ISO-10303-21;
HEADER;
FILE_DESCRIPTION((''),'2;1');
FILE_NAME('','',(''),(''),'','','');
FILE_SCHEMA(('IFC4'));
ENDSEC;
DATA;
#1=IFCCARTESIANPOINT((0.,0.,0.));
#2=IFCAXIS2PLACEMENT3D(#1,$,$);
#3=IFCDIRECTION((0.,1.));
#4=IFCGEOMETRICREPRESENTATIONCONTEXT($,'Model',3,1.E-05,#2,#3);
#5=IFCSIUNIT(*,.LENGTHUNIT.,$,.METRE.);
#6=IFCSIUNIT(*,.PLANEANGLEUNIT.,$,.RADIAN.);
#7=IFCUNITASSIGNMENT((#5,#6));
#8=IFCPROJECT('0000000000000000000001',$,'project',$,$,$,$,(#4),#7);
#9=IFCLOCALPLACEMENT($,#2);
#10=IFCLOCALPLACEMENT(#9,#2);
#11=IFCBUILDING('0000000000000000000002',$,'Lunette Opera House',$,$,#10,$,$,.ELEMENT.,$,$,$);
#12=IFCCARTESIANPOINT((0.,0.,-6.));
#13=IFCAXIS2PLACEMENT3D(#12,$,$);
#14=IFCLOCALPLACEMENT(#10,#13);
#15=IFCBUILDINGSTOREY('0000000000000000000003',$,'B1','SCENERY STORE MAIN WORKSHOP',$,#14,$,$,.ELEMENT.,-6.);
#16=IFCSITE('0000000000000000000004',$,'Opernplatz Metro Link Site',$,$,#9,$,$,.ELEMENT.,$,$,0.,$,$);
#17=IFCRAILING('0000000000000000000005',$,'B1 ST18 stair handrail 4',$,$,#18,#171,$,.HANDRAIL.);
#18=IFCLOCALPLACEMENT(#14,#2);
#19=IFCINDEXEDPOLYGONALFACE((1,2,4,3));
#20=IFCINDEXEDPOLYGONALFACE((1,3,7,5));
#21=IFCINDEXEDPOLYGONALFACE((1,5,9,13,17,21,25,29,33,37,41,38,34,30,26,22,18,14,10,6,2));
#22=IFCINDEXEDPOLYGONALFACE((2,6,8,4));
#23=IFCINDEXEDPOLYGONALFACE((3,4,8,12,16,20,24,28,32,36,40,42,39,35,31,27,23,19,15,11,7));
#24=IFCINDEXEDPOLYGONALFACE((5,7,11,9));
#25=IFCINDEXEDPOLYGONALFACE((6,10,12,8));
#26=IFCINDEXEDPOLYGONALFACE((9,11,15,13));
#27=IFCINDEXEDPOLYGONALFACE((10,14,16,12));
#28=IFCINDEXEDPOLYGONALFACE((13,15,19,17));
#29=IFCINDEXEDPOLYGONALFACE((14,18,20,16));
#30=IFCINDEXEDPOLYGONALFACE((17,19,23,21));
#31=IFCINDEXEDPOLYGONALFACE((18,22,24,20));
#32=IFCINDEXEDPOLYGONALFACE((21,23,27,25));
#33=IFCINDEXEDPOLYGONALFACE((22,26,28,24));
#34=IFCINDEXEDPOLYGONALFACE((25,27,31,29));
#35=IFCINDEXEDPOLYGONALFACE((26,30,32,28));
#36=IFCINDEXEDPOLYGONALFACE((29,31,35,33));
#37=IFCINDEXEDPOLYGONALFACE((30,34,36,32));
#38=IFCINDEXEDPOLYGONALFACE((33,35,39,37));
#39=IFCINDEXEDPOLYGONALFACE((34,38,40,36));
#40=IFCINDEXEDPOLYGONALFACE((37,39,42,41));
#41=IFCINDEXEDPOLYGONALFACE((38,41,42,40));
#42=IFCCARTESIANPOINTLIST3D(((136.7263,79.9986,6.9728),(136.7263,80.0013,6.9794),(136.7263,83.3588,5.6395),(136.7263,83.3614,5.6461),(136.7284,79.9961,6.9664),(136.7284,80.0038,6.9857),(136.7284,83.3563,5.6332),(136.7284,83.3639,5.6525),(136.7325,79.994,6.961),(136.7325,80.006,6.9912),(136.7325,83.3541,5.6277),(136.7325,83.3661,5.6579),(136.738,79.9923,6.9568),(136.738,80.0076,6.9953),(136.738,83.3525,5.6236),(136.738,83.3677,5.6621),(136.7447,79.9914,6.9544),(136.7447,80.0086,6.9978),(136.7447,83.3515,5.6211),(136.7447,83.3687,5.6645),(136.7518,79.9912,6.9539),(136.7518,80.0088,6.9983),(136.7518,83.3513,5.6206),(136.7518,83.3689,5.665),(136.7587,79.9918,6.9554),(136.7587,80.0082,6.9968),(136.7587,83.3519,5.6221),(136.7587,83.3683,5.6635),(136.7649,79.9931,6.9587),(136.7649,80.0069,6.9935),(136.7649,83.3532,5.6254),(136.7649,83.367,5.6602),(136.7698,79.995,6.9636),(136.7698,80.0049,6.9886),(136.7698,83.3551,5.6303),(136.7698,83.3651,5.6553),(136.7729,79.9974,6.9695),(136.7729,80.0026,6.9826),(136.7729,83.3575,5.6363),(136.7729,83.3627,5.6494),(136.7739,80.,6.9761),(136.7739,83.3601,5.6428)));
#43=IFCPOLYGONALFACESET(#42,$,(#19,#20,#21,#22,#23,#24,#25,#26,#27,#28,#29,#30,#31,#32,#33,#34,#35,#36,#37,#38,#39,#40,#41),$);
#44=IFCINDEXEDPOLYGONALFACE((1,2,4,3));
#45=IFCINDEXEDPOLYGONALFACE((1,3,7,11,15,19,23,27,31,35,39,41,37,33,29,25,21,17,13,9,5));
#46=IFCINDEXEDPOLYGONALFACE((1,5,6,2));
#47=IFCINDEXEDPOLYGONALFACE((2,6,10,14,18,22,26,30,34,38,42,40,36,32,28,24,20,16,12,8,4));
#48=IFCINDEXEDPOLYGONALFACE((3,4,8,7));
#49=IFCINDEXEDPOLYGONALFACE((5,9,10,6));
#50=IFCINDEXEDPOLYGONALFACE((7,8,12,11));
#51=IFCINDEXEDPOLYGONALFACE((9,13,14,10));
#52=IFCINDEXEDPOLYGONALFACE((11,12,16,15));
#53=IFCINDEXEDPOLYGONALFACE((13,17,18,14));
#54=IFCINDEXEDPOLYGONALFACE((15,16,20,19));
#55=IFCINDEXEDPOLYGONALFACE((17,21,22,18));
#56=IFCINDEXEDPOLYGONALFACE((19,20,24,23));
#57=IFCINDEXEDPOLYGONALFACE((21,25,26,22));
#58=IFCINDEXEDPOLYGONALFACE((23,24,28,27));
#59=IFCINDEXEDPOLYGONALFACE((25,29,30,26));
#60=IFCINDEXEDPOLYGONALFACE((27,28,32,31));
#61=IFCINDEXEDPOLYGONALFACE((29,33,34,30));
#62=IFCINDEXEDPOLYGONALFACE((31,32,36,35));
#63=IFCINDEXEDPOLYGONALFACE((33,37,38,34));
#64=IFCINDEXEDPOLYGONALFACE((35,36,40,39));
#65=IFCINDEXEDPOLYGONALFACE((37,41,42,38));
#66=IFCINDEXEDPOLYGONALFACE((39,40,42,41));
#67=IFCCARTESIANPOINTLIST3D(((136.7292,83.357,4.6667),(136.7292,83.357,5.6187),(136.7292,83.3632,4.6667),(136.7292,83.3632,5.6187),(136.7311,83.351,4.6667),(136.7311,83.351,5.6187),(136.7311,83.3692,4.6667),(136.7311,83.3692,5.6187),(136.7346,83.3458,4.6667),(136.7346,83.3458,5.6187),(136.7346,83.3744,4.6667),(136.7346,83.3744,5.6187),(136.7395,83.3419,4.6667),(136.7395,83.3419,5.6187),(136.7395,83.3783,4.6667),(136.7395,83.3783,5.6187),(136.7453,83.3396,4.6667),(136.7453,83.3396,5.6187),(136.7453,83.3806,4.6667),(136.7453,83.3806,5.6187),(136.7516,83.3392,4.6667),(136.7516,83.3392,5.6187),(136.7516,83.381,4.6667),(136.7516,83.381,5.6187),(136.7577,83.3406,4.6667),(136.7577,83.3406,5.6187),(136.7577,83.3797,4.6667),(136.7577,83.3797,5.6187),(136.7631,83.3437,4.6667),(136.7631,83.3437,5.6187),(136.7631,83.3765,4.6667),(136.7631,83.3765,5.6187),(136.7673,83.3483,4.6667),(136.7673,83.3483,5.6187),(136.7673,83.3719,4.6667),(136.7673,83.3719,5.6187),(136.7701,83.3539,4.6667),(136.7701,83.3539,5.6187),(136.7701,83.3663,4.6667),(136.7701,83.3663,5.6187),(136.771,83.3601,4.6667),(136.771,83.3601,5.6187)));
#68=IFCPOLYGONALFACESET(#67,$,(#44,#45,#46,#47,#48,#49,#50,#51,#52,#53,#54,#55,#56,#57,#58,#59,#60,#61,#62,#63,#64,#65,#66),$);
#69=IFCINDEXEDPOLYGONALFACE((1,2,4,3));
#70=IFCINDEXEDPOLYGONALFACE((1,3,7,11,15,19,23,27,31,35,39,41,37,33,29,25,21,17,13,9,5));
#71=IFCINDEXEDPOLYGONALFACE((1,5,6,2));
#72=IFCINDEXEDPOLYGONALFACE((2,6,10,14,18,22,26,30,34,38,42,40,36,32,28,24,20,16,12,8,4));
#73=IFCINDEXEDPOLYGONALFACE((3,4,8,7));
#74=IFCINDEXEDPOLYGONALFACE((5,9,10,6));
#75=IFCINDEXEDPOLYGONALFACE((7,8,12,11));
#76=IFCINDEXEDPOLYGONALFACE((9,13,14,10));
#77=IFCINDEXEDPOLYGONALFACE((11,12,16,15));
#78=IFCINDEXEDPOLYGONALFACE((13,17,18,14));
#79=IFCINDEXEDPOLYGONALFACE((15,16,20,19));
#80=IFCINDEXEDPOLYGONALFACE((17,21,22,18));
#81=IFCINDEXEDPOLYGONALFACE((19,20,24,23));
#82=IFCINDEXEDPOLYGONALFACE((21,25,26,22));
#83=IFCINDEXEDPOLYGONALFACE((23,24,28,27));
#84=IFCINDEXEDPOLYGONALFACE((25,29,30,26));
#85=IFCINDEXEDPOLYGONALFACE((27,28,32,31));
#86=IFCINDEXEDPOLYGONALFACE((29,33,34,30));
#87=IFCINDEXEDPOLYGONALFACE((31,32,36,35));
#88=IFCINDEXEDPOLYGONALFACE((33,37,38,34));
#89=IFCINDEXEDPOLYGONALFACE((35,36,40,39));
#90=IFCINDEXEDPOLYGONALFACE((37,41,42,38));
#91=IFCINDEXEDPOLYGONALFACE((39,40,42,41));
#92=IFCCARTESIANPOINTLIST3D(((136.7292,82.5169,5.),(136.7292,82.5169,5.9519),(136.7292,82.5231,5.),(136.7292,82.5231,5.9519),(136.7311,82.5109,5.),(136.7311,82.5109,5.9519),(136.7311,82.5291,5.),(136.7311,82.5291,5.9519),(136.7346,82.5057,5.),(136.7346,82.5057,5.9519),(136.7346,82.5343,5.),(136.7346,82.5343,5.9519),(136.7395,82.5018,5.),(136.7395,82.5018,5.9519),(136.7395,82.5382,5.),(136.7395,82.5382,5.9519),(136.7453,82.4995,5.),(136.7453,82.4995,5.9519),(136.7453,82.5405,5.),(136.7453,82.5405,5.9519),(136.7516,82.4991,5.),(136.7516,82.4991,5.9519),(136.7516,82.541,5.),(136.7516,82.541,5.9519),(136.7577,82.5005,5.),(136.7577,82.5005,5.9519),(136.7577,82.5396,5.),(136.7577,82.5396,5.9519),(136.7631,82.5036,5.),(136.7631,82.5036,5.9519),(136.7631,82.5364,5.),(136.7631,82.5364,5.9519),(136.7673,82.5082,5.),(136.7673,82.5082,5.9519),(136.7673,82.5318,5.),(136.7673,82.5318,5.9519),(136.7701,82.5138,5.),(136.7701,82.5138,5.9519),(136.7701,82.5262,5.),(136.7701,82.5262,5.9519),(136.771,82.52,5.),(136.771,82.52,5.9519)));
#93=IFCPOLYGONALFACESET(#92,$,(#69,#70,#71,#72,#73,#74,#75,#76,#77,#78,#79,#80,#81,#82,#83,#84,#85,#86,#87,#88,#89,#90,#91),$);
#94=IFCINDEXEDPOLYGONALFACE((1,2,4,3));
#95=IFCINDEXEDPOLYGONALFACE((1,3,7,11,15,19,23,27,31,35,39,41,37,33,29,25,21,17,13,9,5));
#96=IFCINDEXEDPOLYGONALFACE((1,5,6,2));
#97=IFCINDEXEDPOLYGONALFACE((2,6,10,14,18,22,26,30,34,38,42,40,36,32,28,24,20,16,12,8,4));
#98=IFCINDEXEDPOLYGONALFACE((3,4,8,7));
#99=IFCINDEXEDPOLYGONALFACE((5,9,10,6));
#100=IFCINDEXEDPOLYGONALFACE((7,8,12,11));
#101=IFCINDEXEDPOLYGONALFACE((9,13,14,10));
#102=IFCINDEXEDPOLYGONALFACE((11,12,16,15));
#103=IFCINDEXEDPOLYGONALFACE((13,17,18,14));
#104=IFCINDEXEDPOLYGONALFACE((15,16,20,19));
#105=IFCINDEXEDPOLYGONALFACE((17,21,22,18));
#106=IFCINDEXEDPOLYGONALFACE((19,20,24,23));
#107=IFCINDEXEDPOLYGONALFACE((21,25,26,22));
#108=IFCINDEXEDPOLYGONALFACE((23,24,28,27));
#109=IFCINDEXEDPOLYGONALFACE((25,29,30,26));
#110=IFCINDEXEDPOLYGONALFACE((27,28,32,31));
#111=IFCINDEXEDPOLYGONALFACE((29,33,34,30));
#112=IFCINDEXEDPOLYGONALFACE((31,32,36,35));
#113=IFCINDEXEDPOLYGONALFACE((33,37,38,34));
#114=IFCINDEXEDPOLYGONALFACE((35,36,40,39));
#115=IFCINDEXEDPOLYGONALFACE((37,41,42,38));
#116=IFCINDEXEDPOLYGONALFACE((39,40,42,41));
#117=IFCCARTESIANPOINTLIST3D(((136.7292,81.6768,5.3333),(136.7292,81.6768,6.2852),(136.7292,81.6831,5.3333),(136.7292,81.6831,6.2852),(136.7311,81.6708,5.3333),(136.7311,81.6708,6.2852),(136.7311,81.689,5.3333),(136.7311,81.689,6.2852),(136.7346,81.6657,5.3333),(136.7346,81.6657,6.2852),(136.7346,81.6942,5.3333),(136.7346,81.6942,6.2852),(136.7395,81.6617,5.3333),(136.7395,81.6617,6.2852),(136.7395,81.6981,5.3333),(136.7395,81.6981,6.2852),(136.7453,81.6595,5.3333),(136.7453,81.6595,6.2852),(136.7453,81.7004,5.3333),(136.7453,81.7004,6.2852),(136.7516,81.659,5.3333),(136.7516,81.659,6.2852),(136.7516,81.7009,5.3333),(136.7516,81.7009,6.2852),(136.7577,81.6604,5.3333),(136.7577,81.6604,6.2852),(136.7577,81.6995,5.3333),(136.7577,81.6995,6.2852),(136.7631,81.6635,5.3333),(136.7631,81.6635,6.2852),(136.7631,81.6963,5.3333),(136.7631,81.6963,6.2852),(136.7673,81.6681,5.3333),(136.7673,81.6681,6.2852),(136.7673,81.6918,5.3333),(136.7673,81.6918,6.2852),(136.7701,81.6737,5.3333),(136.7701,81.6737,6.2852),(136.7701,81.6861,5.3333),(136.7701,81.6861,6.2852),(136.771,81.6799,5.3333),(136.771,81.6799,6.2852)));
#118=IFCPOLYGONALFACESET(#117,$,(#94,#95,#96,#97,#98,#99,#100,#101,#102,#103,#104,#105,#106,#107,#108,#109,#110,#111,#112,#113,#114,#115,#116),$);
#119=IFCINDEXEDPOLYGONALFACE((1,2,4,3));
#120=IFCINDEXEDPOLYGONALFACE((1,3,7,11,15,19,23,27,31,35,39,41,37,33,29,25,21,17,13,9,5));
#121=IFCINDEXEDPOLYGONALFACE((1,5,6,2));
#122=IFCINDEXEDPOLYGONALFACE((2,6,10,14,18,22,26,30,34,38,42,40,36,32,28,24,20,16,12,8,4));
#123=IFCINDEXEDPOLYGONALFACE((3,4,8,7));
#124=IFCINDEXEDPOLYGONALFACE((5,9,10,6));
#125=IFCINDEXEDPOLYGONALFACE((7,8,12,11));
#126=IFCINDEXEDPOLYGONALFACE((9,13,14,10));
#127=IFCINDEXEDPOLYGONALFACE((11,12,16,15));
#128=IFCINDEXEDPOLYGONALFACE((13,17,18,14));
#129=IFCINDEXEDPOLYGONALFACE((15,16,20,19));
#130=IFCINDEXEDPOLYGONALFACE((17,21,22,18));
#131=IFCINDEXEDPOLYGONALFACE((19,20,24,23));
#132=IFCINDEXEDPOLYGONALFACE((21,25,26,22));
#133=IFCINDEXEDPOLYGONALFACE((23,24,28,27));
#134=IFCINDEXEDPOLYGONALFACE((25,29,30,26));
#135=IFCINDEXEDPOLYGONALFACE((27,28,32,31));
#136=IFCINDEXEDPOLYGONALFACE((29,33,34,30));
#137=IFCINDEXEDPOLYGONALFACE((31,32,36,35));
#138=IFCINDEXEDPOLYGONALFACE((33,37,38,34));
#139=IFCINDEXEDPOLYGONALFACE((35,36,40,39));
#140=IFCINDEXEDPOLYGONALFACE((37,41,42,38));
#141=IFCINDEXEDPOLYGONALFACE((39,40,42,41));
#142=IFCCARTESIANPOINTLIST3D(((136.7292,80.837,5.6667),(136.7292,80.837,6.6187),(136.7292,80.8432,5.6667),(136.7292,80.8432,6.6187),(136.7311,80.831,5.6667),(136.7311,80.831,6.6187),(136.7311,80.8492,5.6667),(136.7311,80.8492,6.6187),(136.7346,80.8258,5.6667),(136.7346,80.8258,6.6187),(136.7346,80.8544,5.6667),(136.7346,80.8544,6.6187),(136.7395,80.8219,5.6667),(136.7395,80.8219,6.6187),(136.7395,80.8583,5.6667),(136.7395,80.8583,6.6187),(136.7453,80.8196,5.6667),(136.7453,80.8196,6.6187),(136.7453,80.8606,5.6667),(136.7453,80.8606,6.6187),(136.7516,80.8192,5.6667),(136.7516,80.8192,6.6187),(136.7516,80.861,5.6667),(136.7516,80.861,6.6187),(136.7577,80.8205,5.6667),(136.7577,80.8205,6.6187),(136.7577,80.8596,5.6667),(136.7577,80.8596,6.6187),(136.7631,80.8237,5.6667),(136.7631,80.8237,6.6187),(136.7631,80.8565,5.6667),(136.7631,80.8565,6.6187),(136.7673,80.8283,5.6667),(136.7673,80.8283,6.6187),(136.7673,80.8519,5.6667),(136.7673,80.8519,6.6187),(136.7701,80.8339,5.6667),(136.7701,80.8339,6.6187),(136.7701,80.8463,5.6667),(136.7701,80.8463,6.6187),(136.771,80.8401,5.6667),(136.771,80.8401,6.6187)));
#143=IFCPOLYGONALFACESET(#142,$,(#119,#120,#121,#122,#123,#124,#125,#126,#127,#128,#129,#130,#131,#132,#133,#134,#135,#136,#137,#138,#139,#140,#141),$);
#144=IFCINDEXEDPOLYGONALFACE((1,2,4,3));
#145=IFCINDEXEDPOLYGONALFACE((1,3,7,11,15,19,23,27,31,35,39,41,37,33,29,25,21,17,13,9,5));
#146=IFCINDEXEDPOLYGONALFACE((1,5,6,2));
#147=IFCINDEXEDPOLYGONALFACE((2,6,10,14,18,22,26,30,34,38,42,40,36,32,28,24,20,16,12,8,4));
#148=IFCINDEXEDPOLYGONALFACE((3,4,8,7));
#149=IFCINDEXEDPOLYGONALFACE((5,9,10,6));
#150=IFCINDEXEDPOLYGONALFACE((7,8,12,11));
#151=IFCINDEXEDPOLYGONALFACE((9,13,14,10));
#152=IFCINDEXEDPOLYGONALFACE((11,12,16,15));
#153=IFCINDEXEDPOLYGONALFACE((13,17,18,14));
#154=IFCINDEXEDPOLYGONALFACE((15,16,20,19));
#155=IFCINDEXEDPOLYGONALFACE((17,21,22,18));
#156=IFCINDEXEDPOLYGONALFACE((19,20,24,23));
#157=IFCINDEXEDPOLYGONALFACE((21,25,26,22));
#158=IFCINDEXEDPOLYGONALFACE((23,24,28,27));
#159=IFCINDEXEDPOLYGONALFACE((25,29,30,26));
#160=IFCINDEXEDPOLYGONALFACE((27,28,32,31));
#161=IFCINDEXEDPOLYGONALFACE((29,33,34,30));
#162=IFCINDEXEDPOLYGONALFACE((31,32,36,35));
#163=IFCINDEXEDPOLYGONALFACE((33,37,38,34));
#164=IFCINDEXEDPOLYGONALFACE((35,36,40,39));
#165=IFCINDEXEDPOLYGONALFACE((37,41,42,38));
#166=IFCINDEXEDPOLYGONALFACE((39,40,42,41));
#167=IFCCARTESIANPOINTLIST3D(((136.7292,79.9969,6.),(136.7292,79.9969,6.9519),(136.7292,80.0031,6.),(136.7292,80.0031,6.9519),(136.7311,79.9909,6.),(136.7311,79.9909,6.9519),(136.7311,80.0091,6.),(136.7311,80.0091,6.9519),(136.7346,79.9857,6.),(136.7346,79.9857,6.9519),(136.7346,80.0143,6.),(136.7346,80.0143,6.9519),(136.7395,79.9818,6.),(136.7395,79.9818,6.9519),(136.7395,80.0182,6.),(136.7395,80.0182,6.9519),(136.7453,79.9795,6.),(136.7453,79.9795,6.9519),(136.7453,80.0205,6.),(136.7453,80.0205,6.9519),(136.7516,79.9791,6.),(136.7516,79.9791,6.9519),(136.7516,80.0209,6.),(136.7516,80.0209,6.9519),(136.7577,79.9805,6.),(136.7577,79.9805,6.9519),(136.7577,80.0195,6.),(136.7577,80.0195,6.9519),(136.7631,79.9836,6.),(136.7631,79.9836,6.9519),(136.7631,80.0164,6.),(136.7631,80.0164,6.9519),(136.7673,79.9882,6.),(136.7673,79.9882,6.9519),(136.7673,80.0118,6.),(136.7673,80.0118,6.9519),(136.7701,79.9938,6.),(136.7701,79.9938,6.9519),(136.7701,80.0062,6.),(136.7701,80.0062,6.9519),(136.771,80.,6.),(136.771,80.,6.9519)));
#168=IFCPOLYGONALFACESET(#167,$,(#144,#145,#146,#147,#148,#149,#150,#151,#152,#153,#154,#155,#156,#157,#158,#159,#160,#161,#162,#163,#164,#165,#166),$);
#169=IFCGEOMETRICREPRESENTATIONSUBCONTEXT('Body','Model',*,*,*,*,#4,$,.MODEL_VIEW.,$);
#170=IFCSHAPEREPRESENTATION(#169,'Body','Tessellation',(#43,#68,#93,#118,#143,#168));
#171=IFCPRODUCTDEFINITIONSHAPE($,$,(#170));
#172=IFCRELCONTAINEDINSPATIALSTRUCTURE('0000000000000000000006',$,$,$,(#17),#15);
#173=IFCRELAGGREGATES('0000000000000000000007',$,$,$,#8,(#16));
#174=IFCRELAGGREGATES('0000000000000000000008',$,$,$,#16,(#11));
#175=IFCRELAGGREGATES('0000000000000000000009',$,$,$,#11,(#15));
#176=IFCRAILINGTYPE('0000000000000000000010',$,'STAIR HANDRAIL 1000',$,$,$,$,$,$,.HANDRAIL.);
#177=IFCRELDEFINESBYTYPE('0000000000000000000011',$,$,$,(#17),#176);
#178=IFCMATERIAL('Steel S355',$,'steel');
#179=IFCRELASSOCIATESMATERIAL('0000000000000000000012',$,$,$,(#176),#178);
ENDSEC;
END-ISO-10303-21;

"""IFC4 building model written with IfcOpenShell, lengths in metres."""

from ifc_helpers import new_model, si_unit, direction, frame, origin, origin_2d, place, context, subcontext, project, spatial, circle, extrude, material, type_object, element, save


model = new_model("IFC4")

# Units and contexts
model_context = context("Model", 3, precision=1e-05, world=origin(), true_north=direction((0.0, 1.0)))
body_context = subcontext(model_context, "Body", "Model", "MODEL_VIEW")
ifc_project = project(units=[si_unit("LENGTHUNIT", "METRE"), si_unit("PLANEANGLEUNIT", "RADIAN")], contexts=[model_context])

# Site, building, storey
site_placement = place(None, origin())
site = spatial("IfcSite", under=ifc_project, at=site_placement, Name="Opernplatz Metro Link Site", CompositionType="ELEMENT", RefElevation=0.0)
building_placement = place(site_placement, origin())
building = spatial("IfcBuilding", under=site, at=building_placement, Name="Lunette Opera House", CompositionType="ELEMENT")
storey_placement = place(building_placement, frame((0.0, 0.0, -6.0)))
storey = spatial("IfcBuildingStorey", under=building, at=storey_placement, Name="B1", Description="SCENERY STORE MAIN WORKSHOP", CompositionType="ELEMENT", Elevation=-6.0)

# Railing
ifc_material_1 = material(Name="Steel S355", Category="steel")
railing_type_1 = type_object("IfcRailingType", Name="STAIR HANDRAIL 1000", PredefinedType="HANDRAIL", material=ifc_material_1)
railing_1_placement = place(storey_placement, frame((136.75, 83.3601, 4.6667)))
element("IfcRailing", 1, at=railing_1_placement, inside=storey, type_object=railing_type_1, Name="B1 ST18 stair handrail 4", PredefinedType="HANDRAIL", context=body_context, shape_type="SweptSolid", body=[
    extrude(circle(Radius=0.0239, at=origin_2d()), frame((0.0, 0.0, 0.9761), z_axis=(0.0, -0.929502, 0.368816), x_axis=(1.0, 0.0, 0.0)), (0.0, 0.0, 1.0), 3.615),
    extrude(circle(Radius=0.021, at=origin_2d()), origin(), (0.0, 0.0, 1.0), 0.9519),
    extrude(circle(Radius=0.021, at=origin_2d()), frame((0.0, -0.8401, 0.3333)), (0.0, 0.0, 1.0), 0.9519),
    extrude(circle(Radius=0.021, at=origin_2d()), frame((0.0, -1.6802, 0.6665)), (0.0, 0.0, 1.0), 0.9519),
    extrude(circle(Radius=0.021, at=origin_2d()), frame((0.0, -2.52, 1.0)), (0.0, 0.0, 1.0), 0.9519),
    extrude(circle(Radius=0.021, at=origin_2d()), frame((0.0, -3.3601, 1.3333)), (0.0, 0.0, 1.0), 0.9519),
])

save(model, "model.ifc")
